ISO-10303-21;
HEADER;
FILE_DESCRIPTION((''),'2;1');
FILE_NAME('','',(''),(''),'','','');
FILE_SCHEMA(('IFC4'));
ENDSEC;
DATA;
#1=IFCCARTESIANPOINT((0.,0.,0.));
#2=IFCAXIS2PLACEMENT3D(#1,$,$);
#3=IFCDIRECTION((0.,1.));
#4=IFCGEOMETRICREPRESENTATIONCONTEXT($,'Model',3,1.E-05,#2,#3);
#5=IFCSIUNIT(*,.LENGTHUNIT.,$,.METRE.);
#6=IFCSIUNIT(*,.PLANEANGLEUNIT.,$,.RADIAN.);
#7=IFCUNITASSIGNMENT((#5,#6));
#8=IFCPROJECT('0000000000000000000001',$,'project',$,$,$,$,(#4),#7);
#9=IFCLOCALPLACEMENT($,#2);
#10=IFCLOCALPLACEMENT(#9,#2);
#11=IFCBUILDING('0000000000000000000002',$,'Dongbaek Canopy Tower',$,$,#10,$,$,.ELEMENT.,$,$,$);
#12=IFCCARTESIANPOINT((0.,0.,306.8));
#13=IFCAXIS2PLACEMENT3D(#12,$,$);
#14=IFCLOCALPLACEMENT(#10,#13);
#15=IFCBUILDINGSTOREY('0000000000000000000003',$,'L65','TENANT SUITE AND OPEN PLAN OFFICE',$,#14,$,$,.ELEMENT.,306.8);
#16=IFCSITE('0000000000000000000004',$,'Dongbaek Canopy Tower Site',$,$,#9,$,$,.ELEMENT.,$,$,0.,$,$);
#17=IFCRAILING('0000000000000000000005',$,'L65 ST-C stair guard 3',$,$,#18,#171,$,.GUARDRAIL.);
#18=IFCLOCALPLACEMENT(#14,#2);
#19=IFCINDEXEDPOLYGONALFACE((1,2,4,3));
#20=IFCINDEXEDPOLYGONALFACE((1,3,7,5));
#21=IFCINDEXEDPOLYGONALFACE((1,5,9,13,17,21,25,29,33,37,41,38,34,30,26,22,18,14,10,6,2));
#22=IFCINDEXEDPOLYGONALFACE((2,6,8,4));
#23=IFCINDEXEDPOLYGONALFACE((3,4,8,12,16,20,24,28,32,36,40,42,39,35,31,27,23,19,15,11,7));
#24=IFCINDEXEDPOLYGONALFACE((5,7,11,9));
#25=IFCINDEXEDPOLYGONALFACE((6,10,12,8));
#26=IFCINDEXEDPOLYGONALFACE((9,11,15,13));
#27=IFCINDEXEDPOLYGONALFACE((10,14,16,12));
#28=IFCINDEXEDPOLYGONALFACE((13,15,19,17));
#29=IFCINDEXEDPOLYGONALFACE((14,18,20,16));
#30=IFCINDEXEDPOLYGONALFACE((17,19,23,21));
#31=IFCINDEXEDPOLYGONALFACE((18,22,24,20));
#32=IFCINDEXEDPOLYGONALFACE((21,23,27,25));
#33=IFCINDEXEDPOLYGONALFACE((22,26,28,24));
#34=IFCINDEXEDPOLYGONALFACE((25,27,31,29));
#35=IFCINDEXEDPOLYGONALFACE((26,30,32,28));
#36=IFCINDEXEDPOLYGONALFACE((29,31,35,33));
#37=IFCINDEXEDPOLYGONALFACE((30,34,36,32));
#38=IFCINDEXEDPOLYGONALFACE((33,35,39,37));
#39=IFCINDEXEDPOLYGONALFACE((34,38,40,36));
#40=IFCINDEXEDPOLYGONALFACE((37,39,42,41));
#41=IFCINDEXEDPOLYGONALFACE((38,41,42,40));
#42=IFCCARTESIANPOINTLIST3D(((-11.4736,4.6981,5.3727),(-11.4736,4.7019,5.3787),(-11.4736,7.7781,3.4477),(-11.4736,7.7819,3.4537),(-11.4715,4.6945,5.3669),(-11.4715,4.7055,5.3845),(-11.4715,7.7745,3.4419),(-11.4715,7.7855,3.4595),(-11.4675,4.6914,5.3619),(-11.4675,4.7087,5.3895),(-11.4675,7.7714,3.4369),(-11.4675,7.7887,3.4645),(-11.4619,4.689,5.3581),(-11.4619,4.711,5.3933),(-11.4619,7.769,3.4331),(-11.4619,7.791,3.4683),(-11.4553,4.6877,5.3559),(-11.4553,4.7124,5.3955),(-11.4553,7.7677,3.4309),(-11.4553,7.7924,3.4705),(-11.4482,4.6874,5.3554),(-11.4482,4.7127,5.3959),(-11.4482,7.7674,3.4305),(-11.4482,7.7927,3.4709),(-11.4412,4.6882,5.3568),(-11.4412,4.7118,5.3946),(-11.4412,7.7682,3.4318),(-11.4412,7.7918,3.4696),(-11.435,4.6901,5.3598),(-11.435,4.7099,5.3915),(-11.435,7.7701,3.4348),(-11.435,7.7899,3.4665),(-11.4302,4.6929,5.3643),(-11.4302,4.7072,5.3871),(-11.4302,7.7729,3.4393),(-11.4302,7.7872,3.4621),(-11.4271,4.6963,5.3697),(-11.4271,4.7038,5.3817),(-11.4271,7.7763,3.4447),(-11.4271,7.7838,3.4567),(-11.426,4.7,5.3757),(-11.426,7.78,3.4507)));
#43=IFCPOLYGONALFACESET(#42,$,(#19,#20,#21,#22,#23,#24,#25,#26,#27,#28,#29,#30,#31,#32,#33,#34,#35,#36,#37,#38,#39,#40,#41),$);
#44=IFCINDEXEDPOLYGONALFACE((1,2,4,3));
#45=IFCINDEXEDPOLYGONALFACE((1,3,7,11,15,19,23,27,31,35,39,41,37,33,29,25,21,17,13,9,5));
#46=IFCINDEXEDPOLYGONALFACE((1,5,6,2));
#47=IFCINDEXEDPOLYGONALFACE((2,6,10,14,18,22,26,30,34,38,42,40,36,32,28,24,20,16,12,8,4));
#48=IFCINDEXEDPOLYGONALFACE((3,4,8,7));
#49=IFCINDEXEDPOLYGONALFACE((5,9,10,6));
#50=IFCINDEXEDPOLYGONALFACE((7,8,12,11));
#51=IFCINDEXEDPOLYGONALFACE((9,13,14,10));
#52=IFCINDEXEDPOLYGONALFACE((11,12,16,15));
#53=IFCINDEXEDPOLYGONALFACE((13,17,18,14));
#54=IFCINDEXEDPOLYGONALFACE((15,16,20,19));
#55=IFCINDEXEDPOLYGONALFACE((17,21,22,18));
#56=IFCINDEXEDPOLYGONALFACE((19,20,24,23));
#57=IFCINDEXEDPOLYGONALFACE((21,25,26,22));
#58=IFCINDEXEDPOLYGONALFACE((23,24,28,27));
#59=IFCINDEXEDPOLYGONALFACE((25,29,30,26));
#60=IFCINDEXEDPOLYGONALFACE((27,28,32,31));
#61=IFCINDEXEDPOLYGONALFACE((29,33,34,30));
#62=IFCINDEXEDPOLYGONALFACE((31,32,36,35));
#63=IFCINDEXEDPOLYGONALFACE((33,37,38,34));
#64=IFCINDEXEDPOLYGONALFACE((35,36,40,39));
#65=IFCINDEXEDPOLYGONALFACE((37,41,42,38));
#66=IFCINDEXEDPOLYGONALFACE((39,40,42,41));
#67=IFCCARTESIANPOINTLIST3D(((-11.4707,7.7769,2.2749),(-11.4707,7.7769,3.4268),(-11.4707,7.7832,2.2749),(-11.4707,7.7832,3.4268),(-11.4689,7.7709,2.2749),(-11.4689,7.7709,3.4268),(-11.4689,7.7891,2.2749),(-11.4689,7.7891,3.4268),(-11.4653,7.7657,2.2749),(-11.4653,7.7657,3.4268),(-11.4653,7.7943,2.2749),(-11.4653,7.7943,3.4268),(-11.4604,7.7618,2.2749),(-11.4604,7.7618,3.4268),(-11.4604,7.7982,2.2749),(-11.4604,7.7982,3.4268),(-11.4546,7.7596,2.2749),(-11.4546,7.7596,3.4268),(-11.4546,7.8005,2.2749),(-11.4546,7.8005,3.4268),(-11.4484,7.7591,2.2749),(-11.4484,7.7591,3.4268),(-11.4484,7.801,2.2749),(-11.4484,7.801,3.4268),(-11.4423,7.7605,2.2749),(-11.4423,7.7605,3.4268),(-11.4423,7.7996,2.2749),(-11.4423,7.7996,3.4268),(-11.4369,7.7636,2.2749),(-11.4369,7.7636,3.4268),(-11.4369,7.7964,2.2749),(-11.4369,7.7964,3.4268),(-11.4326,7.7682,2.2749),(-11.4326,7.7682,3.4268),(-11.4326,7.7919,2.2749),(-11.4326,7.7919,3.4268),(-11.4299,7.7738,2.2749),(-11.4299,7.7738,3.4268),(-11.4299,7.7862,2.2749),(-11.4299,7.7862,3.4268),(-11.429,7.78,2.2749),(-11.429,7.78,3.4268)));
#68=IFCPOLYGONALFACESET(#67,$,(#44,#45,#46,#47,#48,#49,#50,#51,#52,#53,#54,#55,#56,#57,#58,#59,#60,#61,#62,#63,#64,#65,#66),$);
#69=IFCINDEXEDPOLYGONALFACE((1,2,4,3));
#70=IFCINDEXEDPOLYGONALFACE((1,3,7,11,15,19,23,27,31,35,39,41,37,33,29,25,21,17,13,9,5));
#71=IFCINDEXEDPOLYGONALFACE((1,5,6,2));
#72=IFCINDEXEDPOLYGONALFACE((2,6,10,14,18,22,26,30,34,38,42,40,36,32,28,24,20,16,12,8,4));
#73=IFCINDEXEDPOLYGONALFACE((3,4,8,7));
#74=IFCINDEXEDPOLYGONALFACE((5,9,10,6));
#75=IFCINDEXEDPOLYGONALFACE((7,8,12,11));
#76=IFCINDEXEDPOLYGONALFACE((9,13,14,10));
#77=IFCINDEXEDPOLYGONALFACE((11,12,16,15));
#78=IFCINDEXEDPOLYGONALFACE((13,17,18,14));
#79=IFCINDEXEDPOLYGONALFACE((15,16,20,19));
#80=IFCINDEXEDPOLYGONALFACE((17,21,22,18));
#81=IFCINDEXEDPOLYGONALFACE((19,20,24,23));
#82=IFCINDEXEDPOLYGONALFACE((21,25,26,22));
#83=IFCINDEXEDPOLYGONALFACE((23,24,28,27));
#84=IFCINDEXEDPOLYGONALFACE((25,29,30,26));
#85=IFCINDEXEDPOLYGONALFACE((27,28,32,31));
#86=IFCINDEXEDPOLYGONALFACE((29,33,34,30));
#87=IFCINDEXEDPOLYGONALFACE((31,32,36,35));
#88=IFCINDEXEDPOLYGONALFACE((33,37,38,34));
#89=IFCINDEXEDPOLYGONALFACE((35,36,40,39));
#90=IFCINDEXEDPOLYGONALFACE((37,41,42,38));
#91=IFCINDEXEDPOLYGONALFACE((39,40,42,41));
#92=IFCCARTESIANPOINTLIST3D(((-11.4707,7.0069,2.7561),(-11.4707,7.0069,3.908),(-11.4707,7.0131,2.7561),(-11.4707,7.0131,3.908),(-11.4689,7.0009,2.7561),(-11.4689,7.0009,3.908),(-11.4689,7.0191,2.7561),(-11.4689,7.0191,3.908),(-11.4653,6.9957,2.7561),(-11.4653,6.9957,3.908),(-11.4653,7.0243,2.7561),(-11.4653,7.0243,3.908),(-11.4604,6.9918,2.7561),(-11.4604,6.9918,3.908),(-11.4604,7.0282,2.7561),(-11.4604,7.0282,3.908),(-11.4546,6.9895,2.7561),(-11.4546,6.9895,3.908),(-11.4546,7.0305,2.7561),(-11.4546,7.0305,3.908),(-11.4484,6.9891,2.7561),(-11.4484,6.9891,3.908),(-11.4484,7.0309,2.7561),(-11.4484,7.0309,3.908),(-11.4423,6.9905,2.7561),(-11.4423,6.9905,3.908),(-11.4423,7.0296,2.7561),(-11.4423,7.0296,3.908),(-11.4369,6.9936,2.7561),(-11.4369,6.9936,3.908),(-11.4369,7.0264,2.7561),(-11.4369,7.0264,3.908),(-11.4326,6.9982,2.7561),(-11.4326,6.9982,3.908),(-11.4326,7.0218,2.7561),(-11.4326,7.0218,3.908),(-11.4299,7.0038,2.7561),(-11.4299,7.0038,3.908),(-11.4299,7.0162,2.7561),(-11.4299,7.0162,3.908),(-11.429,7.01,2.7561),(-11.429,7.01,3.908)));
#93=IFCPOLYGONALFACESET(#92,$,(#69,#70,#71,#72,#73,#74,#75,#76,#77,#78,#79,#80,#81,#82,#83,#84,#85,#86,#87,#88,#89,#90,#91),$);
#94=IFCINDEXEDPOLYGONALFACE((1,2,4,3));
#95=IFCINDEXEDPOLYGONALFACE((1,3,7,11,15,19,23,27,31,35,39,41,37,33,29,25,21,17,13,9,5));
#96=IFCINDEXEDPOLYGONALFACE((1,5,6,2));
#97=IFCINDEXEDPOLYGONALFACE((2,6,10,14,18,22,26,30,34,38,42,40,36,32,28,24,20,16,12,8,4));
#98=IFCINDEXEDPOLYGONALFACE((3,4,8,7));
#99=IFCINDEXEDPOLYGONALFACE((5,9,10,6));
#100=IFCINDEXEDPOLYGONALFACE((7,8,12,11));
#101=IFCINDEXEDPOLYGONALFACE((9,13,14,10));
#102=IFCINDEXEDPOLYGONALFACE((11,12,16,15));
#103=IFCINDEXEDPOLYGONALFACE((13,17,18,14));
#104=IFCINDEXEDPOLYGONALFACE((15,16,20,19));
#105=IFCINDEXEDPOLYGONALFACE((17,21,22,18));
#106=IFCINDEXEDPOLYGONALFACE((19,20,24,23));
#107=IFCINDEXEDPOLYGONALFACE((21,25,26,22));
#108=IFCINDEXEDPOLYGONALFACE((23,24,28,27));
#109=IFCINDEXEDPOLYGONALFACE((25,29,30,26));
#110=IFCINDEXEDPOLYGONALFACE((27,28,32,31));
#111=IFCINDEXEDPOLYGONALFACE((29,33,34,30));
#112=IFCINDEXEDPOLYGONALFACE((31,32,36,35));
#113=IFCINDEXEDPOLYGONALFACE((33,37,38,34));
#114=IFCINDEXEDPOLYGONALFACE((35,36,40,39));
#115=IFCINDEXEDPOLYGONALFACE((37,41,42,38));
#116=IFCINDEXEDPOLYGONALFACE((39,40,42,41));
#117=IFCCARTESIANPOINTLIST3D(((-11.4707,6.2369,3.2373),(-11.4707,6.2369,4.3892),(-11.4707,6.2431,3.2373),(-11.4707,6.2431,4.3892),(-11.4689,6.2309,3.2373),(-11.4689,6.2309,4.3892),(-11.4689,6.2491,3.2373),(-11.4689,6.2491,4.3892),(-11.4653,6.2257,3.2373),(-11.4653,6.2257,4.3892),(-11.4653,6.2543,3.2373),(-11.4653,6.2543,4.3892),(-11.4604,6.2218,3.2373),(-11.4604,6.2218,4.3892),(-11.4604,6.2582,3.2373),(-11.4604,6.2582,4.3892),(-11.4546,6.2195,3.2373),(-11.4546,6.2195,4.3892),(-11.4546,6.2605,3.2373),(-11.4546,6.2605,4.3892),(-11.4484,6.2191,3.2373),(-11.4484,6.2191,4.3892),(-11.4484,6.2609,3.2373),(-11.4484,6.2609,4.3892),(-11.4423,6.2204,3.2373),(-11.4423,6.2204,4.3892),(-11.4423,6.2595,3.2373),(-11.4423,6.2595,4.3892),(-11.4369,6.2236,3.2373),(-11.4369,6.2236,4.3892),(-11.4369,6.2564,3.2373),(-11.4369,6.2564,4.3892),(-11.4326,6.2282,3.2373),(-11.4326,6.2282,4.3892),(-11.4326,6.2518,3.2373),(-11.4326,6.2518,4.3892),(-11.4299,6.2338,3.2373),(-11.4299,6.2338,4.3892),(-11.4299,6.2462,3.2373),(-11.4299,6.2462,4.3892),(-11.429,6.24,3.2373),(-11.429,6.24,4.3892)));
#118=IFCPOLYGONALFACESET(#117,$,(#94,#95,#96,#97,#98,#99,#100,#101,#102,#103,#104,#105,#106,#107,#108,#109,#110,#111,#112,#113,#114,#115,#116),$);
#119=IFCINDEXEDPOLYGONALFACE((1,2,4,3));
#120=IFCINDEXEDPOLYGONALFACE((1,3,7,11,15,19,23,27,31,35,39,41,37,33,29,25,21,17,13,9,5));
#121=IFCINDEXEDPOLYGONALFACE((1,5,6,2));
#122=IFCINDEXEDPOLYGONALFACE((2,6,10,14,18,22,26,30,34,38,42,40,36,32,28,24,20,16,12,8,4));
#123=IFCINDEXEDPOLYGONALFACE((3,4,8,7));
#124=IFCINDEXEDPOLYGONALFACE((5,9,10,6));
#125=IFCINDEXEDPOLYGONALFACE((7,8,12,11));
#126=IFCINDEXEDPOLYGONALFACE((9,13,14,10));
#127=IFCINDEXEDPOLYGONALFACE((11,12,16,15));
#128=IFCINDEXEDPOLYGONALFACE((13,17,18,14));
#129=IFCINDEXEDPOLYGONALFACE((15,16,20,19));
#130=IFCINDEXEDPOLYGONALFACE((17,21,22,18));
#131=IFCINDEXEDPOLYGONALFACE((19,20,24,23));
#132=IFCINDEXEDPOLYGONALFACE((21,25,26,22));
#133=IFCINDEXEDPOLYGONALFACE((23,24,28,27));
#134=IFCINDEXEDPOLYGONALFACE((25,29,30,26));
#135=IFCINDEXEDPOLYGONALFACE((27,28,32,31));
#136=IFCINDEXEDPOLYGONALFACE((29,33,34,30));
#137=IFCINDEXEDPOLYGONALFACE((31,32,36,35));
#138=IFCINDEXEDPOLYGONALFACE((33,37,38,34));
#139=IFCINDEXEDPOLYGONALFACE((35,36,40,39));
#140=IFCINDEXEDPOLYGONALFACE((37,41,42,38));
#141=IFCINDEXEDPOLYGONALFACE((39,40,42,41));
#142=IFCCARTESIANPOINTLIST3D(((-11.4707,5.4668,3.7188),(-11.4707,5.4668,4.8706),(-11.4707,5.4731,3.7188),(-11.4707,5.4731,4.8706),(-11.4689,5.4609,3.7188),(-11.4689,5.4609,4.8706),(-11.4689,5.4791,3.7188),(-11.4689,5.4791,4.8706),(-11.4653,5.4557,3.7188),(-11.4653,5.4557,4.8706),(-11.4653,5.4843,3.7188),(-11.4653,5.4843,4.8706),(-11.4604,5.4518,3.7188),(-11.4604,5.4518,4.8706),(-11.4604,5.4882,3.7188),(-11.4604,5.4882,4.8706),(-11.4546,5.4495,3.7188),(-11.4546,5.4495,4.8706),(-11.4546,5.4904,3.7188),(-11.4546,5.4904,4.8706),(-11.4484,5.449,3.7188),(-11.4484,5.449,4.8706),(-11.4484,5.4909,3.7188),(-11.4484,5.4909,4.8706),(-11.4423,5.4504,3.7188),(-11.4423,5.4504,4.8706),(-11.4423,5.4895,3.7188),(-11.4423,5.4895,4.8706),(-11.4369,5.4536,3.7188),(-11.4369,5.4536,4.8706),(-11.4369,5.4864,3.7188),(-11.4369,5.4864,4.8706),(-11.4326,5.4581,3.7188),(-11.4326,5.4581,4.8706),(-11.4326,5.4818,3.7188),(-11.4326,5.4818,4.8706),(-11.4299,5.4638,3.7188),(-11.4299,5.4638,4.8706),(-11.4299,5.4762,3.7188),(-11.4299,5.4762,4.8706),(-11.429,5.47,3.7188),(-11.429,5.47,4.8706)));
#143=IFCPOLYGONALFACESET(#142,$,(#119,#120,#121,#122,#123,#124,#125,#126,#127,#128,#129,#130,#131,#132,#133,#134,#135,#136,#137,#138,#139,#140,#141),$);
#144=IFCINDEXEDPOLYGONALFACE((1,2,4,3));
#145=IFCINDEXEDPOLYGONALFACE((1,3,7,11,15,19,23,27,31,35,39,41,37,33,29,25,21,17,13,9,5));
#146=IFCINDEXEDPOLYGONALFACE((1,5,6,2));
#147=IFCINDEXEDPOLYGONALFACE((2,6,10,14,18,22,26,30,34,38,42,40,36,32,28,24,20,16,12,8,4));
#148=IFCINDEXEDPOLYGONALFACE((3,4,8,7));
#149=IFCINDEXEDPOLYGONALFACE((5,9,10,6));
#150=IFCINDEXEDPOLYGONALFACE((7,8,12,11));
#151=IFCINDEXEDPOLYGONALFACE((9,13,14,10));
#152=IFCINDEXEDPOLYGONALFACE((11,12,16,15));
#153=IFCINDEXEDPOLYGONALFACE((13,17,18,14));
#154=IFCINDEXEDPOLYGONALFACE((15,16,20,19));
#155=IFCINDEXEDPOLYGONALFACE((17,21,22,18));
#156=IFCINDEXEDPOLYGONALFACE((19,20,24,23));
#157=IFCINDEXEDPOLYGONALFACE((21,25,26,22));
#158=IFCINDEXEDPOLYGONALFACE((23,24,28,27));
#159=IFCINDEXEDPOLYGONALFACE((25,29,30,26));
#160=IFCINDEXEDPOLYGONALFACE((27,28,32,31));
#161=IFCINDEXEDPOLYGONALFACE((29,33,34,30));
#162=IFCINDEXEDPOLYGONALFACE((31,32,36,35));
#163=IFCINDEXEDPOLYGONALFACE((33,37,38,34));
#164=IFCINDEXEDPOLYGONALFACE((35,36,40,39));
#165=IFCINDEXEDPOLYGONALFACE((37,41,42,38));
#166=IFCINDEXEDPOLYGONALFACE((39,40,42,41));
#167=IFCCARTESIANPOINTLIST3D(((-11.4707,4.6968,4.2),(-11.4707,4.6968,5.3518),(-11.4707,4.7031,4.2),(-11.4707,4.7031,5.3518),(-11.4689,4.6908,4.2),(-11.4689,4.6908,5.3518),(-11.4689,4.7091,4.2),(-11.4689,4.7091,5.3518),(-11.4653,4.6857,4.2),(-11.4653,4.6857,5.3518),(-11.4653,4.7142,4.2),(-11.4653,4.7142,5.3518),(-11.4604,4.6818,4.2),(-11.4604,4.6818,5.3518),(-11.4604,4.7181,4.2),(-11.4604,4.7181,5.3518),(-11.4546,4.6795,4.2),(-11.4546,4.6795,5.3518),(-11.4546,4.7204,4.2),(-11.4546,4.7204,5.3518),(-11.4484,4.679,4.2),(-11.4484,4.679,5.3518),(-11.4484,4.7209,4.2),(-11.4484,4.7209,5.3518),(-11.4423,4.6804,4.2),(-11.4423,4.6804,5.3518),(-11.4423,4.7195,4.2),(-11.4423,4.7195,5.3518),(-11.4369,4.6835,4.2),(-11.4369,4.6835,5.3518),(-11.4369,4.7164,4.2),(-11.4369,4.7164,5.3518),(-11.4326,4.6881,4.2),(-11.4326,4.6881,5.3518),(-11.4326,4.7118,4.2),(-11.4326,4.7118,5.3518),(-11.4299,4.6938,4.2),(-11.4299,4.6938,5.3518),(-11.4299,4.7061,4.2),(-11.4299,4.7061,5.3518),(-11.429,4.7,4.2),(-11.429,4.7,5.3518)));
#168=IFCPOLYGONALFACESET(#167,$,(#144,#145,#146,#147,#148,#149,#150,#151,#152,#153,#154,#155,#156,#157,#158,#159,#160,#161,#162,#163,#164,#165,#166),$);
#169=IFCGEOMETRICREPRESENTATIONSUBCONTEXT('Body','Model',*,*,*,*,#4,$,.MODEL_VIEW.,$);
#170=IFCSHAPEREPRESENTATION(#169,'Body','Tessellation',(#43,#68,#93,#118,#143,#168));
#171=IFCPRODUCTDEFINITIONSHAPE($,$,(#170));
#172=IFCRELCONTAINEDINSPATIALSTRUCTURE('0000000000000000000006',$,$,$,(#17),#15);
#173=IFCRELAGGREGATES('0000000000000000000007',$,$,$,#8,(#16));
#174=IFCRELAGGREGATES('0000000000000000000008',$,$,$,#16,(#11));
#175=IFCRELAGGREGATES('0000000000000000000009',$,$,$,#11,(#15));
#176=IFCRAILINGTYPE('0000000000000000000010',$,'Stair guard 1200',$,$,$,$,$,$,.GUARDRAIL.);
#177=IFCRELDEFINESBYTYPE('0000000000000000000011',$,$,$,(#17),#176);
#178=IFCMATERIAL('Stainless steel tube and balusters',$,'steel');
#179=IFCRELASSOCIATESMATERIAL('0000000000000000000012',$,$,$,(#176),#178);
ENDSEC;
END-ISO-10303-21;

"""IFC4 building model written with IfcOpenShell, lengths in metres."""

from ifc_helpers import new_model, si_unit, direction, frame, origin, origin_2d, place, context, subcontext, project, spatial, circle, extrude, material, type_object, element, save


model = new_model("IFC4")

# Units and contexts
model_context = context("Model", 3, precision=1e-05, world=origin(), true_north=direction((0.0, 1.0)))
body_context = subcontext(model_context, "Body", "Model", "MODEL_VIEW")
ifc_project = project(units=[si_unit("LENGTHUNIT", "METRE"), si_unit("PLANEANGLEUNIT", "RADIAN")], contexts=[model_context])

# Site, building, storey
site_placement = place(None, origin())
site = spatial("IfcSite", under=ifc_project, at=site_placement, Name="Dongbaek Canopy Tower Site", CompositionType="ELEMENT", RefElevation=0.0)
building_placement = place(site_placement, origin())
building = spatial("IfcBuilding", under=site, at=building_placement, Name="Dongbaek Canopy Tower", CompositionType="ELEMENT")
storey_placement = place(building_placement, frame((0.0, 0.0, 306.8)))
storey = spatial("IfcBuildingStorey", under=building, at=storey_placement, Name="L65", Description="TENANT SUITE AND OPEN PLAN OFFICE", CompositionType="ELEMENT", Elevation=306.8)

# Railing
ifc_material_1 = material(Name="Stainless steel tube and balusters", Category="steel")
railing_type_1 = type_object("IfcRailingType", Name="Stair guard 1200", PredefinedType="GUARDRAIL", material=ifc_material_1)
railing_1_placement = place(storey_placement, frame((-11.45, 7.78, 2.2749)))
element("IfcRailing", 1, at=railing_1_placement, inside=storey, type_object=railing_type_1, Name="L65 ST-C stair guard 3", PredefinedType="GUARDRAIL", context=body_context, shape_type="SweptSolid", body=[
    extrude(circle(Radius=0.0239, at=origin_2d()), frame((0.0, 0.0, 1.1758), z_axis=(0.0, -0.847998, 0.529999), x_axis=(1.0, 0.0, 0.0)), (0.0, 0.0, 1.0), 3.6321),
    extrude(circle(Radius=0.021, at=origin_2d()), origin(), (0.0, 0.0, 1.0), 1.1519),
    extrude(circle(Radius=0.021, at=origin_2d()), frame((0.0, -0.77, 0.4812)), (0.0, 0.0, 1.0), 1.1519),
    extrude(circle(Radius=0.021, at=origin_2d()), frame((0.0, -1.54, 0.9624)), (0.0, 0.0, 1.0), 1.1519),
    extrude(circle(Radius=0.021, at=origin_2d()), frame((0.0, -2.3101, 1.4438)), (0.0, 0.0, 1.0), 1.1519),
    extrude(circle(Radius=0.021, at=origin_2d()), frame((0.0, -3.0801, 1.925)), (0.0, 0.0, 1.0), 1.1519),
])

save(model, "model.ifc")
